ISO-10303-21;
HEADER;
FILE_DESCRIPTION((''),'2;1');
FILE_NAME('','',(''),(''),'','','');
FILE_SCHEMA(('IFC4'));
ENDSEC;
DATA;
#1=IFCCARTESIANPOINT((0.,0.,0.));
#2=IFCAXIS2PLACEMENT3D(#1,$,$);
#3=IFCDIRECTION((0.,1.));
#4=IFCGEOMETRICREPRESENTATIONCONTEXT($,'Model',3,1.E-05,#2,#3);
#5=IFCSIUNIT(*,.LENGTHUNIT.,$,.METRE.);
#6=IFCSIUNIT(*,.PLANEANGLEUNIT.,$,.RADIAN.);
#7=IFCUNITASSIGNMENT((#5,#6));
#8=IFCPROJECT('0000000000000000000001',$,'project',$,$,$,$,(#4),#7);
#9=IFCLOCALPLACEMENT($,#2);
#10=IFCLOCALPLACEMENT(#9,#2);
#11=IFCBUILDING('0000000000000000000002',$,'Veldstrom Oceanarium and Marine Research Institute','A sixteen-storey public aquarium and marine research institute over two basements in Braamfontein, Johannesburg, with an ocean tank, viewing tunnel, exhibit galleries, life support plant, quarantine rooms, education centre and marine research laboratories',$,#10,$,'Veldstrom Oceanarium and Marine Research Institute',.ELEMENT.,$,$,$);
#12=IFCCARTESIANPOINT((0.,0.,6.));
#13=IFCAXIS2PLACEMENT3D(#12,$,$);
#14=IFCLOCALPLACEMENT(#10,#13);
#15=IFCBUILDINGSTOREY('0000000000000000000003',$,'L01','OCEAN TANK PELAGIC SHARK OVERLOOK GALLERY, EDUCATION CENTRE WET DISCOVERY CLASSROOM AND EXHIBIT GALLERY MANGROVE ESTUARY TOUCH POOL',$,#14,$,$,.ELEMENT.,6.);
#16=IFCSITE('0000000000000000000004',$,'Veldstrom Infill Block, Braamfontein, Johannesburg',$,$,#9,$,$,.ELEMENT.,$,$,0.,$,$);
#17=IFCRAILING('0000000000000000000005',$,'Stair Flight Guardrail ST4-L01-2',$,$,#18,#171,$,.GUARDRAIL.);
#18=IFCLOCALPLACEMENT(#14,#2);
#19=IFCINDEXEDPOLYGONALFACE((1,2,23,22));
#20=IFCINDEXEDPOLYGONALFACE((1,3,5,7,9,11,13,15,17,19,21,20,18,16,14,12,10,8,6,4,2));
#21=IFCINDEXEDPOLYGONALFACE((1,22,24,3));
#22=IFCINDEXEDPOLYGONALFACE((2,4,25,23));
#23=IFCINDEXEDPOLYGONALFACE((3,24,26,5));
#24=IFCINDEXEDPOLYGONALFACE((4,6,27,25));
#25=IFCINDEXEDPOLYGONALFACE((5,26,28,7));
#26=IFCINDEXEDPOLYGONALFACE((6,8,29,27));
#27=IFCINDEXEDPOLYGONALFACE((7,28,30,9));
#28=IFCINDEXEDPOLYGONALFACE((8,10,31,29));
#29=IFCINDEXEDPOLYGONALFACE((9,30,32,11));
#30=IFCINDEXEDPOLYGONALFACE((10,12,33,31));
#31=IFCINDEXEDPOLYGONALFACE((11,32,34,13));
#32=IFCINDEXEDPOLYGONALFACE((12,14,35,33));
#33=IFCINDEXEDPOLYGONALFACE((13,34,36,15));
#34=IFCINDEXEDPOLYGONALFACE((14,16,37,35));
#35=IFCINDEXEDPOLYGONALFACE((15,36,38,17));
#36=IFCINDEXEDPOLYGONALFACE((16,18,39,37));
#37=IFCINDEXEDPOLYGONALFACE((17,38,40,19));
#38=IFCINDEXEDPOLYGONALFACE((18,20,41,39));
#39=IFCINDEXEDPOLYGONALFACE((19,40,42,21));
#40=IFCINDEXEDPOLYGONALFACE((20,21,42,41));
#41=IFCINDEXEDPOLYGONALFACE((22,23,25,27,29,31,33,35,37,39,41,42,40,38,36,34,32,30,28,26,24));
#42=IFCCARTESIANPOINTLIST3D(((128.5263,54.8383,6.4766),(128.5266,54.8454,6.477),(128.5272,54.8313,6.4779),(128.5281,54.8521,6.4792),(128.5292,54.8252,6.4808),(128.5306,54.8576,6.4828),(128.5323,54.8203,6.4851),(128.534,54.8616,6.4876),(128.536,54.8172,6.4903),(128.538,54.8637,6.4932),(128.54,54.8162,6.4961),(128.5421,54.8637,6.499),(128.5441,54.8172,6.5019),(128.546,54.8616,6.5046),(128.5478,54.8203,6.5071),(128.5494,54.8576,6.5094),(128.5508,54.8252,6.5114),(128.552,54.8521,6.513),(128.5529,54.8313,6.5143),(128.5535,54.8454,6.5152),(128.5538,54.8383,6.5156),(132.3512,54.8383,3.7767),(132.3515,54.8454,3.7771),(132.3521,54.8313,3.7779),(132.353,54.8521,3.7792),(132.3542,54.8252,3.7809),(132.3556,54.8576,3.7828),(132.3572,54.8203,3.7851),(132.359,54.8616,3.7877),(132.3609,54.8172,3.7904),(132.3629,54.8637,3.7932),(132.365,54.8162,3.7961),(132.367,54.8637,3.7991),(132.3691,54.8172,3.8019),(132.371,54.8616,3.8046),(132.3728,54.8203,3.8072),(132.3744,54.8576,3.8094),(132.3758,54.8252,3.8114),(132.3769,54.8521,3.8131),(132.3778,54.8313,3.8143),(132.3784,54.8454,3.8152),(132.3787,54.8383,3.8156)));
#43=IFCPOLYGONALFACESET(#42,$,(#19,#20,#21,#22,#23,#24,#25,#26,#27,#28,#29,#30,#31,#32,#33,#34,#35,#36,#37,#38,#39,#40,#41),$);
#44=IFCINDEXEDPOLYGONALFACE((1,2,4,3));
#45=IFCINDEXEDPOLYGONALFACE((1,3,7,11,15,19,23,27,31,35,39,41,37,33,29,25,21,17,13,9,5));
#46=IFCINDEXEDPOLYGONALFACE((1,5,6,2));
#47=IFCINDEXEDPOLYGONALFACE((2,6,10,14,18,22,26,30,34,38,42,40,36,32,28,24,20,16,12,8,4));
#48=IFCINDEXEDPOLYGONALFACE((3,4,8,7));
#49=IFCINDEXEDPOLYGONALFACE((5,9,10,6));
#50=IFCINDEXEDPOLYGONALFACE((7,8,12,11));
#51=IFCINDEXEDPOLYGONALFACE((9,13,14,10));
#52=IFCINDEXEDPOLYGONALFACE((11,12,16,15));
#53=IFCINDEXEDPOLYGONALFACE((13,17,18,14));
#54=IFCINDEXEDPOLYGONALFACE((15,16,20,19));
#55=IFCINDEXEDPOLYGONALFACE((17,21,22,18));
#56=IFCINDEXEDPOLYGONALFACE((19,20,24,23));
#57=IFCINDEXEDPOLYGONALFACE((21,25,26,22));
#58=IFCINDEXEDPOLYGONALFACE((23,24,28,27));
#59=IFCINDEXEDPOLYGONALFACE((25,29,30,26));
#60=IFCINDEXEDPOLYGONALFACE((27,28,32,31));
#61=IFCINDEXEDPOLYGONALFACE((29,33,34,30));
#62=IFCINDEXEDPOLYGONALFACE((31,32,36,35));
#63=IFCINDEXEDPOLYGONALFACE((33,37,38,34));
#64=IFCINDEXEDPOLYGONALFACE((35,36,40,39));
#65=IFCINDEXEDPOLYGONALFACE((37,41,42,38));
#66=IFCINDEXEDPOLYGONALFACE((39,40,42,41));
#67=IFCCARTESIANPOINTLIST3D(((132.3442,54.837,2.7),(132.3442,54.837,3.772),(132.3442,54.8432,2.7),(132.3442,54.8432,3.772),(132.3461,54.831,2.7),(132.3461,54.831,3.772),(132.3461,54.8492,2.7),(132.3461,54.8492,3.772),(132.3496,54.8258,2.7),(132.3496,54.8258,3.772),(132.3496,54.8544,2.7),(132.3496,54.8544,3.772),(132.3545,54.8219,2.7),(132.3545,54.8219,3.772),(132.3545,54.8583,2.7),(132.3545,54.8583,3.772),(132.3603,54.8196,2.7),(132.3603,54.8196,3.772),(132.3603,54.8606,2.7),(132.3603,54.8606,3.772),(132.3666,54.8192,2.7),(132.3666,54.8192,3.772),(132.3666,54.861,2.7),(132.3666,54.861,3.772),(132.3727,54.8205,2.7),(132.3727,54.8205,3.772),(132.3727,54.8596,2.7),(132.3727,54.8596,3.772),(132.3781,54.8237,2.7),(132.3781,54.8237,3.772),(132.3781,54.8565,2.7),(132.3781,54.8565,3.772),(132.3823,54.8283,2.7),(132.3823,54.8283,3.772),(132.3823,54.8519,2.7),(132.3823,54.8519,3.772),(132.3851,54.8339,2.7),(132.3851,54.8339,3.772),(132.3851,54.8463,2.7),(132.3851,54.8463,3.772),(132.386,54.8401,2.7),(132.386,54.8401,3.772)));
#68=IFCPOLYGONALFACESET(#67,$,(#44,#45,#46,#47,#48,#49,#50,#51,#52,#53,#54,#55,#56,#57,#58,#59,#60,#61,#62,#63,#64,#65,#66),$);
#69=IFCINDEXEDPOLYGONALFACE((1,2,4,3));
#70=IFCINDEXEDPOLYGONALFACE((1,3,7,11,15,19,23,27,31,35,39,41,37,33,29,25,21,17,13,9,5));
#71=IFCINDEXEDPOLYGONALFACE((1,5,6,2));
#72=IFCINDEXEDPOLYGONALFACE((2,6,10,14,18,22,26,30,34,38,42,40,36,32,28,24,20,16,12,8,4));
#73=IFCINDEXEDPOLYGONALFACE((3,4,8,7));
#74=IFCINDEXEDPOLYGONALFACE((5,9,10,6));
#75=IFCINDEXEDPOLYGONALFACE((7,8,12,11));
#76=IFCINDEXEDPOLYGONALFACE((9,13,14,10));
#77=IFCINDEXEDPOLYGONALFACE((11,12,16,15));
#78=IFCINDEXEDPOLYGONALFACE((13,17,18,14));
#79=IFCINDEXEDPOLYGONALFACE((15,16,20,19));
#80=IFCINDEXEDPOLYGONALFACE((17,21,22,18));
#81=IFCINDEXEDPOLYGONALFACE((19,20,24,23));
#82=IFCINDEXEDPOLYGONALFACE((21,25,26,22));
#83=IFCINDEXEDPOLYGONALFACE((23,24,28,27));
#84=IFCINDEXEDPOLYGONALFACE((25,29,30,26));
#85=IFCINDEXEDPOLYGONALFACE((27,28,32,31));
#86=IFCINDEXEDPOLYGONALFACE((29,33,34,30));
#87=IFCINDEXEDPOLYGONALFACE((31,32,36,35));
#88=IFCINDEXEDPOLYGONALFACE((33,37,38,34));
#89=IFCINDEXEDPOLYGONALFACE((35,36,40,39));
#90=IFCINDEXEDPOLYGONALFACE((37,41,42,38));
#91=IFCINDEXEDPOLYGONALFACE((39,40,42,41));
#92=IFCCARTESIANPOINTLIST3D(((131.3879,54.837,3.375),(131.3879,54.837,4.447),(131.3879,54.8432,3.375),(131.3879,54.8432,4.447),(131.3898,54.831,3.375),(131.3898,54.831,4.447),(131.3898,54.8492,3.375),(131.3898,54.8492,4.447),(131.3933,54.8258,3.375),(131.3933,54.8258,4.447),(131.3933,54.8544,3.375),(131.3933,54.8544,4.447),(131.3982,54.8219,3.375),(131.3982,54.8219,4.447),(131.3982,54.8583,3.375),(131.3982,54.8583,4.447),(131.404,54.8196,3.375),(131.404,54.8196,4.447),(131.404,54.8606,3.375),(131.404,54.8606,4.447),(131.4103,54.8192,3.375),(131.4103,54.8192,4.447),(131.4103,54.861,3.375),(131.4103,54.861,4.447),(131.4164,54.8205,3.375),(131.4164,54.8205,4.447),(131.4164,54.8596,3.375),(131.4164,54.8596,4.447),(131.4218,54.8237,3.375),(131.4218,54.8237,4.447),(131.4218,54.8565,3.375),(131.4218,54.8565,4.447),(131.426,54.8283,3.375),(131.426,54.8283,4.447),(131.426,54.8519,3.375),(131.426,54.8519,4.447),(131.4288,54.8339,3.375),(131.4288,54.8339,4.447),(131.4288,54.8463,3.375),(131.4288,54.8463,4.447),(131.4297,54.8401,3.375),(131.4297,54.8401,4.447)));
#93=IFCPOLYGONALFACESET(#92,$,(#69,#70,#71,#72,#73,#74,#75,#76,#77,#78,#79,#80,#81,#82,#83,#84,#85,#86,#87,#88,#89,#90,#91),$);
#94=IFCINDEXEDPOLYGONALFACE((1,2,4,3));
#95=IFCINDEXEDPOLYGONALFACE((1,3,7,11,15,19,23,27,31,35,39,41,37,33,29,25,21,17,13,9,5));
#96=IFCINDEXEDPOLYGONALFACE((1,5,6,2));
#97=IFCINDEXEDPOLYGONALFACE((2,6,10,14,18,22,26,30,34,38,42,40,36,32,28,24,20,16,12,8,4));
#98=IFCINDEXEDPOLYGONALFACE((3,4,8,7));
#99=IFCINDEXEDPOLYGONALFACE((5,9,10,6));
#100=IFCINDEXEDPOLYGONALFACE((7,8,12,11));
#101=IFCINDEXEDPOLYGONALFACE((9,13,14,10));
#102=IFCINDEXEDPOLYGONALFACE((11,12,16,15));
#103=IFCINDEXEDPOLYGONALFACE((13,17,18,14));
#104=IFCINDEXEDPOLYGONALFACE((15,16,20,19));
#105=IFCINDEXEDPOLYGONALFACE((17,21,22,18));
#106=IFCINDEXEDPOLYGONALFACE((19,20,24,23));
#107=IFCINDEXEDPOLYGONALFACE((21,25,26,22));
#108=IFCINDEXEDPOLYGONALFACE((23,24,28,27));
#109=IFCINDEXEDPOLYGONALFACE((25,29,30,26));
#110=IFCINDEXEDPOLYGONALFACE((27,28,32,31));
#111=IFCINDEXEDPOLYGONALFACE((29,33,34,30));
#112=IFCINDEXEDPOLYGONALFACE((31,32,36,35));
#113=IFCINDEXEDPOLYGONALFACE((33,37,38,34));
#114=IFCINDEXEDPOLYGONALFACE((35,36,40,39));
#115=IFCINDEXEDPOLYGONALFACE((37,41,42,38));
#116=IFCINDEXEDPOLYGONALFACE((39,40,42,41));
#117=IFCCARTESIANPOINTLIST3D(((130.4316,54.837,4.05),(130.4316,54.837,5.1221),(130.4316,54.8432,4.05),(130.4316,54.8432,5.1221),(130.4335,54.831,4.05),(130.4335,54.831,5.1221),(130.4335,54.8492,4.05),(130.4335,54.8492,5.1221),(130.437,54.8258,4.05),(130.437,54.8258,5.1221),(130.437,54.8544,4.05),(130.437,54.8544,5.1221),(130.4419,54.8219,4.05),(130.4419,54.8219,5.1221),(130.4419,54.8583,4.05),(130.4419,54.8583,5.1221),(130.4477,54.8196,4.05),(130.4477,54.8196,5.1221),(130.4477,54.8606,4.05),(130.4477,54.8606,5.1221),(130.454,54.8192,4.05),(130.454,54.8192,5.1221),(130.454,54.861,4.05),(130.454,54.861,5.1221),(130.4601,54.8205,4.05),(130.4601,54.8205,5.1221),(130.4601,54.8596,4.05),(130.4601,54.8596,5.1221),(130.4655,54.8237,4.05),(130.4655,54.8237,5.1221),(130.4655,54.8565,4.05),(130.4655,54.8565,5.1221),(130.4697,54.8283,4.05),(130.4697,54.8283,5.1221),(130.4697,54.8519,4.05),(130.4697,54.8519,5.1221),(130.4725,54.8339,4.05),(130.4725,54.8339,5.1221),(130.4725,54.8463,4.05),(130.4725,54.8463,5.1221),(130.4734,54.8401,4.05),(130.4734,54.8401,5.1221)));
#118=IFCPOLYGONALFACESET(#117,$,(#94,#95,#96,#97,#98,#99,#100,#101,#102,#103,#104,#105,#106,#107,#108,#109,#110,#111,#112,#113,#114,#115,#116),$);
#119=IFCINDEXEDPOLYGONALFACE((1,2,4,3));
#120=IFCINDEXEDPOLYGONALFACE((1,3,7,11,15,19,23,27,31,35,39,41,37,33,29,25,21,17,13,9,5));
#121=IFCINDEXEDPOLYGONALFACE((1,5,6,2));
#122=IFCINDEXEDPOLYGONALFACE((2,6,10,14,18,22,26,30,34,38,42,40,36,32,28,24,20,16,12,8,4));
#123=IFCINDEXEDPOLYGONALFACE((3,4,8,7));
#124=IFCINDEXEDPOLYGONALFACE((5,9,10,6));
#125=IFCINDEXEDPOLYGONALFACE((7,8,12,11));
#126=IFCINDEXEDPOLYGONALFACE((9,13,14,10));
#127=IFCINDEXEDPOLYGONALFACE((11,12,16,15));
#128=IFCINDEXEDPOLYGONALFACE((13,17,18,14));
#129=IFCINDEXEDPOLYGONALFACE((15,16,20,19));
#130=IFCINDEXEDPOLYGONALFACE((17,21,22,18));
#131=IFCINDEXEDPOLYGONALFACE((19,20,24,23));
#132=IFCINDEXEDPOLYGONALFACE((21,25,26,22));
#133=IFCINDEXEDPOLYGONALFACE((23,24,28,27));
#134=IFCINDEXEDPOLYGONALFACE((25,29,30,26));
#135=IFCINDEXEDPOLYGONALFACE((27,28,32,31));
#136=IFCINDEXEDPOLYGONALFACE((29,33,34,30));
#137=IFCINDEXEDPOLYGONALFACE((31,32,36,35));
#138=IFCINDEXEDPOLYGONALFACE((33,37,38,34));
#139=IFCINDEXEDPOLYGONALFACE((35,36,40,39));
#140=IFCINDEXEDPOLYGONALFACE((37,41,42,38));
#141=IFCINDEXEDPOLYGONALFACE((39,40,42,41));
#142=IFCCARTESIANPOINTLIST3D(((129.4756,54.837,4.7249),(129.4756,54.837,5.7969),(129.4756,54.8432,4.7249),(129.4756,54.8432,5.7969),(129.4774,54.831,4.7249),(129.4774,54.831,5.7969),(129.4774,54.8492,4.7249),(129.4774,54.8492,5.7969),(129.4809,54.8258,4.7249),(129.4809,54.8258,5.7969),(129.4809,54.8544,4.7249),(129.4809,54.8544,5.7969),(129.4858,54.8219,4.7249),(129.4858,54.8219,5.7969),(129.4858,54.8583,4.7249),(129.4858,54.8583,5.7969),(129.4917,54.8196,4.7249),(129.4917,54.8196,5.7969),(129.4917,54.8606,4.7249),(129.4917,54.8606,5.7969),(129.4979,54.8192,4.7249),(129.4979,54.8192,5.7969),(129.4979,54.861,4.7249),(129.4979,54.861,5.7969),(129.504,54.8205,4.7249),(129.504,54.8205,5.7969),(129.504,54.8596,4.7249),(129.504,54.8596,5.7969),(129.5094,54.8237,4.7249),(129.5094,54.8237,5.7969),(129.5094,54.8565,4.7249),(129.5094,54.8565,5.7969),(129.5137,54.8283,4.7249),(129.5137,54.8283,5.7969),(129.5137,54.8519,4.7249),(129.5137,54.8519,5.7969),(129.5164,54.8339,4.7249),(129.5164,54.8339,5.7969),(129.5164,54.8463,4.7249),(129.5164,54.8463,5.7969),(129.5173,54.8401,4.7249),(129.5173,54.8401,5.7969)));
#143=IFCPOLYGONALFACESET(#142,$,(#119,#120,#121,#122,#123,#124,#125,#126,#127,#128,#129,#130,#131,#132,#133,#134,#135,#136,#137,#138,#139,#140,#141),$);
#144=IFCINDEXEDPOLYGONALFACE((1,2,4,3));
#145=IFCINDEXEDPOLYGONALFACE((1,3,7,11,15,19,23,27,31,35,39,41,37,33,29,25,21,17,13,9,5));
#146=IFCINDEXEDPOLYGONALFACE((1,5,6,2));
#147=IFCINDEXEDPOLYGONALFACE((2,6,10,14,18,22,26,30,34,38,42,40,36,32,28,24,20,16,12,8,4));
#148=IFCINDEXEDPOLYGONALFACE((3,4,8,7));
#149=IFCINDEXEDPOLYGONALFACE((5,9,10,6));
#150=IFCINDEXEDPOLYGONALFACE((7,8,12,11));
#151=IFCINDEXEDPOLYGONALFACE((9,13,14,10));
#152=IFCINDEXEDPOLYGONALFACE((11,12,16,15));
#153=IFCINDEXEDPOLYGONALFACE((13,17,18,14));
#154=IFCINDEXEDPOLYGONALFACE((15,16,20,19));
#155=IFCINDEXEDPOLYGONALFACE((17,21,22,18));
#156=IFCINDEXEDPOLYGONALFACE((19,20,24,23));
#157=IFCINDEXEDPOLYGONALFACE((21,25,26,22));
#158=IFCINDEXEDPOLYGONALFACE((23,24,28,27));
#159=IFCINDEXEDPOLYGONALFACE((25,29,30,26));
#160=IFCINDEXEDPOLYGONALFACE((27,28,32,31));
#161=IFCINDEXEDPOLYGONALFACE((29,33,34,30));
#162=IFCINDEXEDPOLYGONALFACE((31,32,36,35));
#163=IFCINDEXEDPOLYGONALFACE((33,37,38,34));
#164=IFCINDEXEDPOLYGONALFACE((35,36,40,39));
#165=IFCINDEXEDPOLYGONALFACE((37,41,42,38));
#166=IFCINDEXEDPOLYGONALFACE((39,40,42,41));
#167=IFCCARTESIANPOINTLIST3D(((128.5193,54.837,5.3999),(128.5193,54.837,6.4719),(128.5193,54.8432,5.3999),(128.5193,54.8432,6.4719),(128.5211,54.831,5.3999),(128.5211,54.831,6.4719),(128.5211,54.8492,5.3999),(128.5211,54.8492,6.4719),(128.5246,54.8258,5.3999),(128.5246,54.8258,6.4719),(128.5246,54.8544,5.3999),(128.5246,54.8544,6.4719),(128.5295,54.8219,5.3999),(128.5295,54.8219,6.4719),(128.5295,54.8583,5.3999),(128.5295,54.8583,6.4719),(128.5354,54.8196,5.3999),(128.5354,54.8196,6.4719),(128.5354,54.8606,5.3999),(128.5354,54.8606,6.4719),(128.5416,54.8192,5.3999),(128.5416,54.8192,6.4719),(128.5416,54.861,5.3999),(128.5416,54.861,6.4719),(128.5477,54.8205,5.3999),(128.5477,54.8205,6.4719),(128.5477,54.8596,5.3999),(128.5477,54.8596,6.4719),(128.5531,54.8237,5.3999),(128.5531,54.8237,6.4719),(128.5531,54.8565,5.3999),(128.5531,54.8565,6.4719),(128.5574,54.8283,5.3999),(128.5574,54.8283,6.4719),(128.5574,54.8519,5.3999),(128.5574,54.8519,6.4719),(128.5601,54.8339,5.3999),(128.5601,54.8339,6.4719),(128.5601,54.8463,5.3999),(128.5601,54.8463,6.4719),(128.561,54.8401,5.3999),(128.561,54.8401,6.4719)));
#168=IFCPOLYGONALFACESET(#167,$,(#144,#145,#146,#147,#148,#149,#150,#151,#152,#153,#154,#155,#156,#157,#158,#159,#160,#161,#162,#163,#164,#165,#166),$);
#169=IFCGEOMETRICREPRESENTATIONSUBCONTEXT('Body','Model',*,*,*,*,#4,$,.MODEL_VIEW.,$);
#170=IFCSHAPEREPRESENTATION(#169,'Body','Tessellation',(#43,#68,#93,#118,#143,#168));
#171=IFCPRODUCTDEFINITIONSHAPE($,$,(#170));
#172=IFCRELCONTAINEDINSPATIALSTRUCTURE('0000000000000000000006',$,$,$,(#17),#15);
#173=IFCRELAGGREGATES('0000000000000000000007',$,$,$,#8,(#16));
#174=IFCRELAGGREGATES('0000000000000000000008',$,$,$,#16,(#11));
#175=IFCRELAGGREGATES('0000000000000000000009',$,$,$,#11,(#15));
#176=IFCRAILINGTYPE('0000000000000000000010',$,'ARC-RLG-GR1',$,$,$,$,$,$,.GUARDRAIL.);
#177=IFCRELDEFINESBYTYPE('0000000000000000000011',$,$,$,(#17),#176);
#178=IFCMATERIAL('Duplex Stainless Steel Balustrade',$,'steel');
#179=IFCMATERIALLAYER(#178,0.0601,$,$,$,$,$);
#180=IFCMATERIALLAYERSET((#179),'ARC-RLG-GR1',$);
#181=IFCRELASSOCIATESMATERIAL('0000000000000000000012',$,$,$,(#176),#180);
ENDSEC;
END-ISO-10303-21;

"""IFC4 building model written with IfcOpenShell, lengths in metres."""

from ifc_helpers import new_model, si_unit, direction, frame, origin, origin_2d, place, context, subcontext, project, spatial, circle, extrude, material, layer, layer_set, type_object, element, save


model = new_model("IFC4")

# Units and contexts
model_context = context("Model", 3, precision=1e-05, world=origin(), true_north=direction((0.0, 1.0)))
body_context = subcontext(model_context, "Body", "Model", "MODEL_VIEW")
ifc_project = project(units=[si_unit("LENGTHUNIT", "METRE"), si_unit("PLANEANGLEUNIT", "RADIAN")], contexts=[model_context])

# Site, building, storey
site_placement = place(None, origin())
site = spatial("IfcSite", under=ifc_project, at=site_placement, Name="Veldstrom Infill Block, Braamfontein, Johannesburg", CompositionType="ELEMENT", RefElevation=0.0)
building_placement = place(site_placement, origin())
building = spatial("IfcBuilding", under=site, at=building_placement, Name="Veldstrom Oceanarium and Marine Research Institute", Description="A sixteen-storey public aquarium and marine research institute over two basements in Braamfontein, Johannesburg, with an ocean tank, viewing tunnel, exhibit galleries, life support plant, quarantine rooms, education centre and marine research laboratories", LongName="Veldstrom Oceanarium and Marine Research Institute", CompositionType="ELEMENT")
storey_placement = place(building_placement, frame((0.0, 0.0, 6.0)))
storey = spatial("IfcBuildingStorey", under=building, at=storey_placement, Name="L01", Description="OCEAN TANK PELAGIC SHARK OVERLOOK GALLERY, EDUCATION CENTRE WET DISCOVERY CLASSROOM AND EXHIBIT GALLERY MANGROVE ESTUARY TOUCH POOL", CompositionType="ELEMENT", Elevation=6.0)

# Railing
ifc_material_1 = material(Name="Duplex Stainless Steel Balustrade", Category="steel")
ifc_layer_1 = layer(ifc_material_1, 0.0601)
ifc_layer_set_1 = layer_set([ifc_layer_1], Name="ARC-RLG-GR1")
railing_type_1 = type_object("IfcRailingType", Name="ARC-RLG-GR1", PredefinedType="GUARDRAIL", material=ifc_layer_set_1)
railing_1_placement = place(storey_placement, frame((132.365, 54.8401, 2.7)))
element("IfcRailing", 1, at=railing_1_placement, inside=storey, type_object=railing_type_1, Name="Stair Flight Guardrail ST4-L01-2", PredefinedType="GUARDRAIL", context=body_context, shape_type="SweptSolid", body=[
    extrude(circle(Radius=0.0239, at=origin_2d()), frame((0.0, 0.0, 1.0962), z_axis=(-0.816969, 0.0, 0.576681), x_axis=(0.0, -1.0, 0.0)), (0.0, 0.0, 1.0), 4.6819),
    extrude(circle(Radius=0.021, at=origin_2d()), origin(), (0.0, 0.0, 1.0), 1.072),
    extrude(circle(Radius=0.021, at=origin_2d()), frame((-0.9563, 0.0, 0.675)), (0.0, 0.0, 1.0), 1.072),
    extrude(circle(Radius=0.021, at=origin_2d()), frame((-1.9126, 0.0, 1.3501)), (0.0, 0.0, 1.0), 1.072),
    extrude(circle(Radius=0.021, at=origin_2d()), frame((-2.8687, 0.0, 2.0249)), (0.0, 0.0, 1.0), 1.072),
    extrude(circle(Radius=0.021, at=origin_2d()), frame((-3.825, 0.0, 2.7)), (0.0, 0.0, 1.0), 1.072),
])

save(model, "model.ifc")
